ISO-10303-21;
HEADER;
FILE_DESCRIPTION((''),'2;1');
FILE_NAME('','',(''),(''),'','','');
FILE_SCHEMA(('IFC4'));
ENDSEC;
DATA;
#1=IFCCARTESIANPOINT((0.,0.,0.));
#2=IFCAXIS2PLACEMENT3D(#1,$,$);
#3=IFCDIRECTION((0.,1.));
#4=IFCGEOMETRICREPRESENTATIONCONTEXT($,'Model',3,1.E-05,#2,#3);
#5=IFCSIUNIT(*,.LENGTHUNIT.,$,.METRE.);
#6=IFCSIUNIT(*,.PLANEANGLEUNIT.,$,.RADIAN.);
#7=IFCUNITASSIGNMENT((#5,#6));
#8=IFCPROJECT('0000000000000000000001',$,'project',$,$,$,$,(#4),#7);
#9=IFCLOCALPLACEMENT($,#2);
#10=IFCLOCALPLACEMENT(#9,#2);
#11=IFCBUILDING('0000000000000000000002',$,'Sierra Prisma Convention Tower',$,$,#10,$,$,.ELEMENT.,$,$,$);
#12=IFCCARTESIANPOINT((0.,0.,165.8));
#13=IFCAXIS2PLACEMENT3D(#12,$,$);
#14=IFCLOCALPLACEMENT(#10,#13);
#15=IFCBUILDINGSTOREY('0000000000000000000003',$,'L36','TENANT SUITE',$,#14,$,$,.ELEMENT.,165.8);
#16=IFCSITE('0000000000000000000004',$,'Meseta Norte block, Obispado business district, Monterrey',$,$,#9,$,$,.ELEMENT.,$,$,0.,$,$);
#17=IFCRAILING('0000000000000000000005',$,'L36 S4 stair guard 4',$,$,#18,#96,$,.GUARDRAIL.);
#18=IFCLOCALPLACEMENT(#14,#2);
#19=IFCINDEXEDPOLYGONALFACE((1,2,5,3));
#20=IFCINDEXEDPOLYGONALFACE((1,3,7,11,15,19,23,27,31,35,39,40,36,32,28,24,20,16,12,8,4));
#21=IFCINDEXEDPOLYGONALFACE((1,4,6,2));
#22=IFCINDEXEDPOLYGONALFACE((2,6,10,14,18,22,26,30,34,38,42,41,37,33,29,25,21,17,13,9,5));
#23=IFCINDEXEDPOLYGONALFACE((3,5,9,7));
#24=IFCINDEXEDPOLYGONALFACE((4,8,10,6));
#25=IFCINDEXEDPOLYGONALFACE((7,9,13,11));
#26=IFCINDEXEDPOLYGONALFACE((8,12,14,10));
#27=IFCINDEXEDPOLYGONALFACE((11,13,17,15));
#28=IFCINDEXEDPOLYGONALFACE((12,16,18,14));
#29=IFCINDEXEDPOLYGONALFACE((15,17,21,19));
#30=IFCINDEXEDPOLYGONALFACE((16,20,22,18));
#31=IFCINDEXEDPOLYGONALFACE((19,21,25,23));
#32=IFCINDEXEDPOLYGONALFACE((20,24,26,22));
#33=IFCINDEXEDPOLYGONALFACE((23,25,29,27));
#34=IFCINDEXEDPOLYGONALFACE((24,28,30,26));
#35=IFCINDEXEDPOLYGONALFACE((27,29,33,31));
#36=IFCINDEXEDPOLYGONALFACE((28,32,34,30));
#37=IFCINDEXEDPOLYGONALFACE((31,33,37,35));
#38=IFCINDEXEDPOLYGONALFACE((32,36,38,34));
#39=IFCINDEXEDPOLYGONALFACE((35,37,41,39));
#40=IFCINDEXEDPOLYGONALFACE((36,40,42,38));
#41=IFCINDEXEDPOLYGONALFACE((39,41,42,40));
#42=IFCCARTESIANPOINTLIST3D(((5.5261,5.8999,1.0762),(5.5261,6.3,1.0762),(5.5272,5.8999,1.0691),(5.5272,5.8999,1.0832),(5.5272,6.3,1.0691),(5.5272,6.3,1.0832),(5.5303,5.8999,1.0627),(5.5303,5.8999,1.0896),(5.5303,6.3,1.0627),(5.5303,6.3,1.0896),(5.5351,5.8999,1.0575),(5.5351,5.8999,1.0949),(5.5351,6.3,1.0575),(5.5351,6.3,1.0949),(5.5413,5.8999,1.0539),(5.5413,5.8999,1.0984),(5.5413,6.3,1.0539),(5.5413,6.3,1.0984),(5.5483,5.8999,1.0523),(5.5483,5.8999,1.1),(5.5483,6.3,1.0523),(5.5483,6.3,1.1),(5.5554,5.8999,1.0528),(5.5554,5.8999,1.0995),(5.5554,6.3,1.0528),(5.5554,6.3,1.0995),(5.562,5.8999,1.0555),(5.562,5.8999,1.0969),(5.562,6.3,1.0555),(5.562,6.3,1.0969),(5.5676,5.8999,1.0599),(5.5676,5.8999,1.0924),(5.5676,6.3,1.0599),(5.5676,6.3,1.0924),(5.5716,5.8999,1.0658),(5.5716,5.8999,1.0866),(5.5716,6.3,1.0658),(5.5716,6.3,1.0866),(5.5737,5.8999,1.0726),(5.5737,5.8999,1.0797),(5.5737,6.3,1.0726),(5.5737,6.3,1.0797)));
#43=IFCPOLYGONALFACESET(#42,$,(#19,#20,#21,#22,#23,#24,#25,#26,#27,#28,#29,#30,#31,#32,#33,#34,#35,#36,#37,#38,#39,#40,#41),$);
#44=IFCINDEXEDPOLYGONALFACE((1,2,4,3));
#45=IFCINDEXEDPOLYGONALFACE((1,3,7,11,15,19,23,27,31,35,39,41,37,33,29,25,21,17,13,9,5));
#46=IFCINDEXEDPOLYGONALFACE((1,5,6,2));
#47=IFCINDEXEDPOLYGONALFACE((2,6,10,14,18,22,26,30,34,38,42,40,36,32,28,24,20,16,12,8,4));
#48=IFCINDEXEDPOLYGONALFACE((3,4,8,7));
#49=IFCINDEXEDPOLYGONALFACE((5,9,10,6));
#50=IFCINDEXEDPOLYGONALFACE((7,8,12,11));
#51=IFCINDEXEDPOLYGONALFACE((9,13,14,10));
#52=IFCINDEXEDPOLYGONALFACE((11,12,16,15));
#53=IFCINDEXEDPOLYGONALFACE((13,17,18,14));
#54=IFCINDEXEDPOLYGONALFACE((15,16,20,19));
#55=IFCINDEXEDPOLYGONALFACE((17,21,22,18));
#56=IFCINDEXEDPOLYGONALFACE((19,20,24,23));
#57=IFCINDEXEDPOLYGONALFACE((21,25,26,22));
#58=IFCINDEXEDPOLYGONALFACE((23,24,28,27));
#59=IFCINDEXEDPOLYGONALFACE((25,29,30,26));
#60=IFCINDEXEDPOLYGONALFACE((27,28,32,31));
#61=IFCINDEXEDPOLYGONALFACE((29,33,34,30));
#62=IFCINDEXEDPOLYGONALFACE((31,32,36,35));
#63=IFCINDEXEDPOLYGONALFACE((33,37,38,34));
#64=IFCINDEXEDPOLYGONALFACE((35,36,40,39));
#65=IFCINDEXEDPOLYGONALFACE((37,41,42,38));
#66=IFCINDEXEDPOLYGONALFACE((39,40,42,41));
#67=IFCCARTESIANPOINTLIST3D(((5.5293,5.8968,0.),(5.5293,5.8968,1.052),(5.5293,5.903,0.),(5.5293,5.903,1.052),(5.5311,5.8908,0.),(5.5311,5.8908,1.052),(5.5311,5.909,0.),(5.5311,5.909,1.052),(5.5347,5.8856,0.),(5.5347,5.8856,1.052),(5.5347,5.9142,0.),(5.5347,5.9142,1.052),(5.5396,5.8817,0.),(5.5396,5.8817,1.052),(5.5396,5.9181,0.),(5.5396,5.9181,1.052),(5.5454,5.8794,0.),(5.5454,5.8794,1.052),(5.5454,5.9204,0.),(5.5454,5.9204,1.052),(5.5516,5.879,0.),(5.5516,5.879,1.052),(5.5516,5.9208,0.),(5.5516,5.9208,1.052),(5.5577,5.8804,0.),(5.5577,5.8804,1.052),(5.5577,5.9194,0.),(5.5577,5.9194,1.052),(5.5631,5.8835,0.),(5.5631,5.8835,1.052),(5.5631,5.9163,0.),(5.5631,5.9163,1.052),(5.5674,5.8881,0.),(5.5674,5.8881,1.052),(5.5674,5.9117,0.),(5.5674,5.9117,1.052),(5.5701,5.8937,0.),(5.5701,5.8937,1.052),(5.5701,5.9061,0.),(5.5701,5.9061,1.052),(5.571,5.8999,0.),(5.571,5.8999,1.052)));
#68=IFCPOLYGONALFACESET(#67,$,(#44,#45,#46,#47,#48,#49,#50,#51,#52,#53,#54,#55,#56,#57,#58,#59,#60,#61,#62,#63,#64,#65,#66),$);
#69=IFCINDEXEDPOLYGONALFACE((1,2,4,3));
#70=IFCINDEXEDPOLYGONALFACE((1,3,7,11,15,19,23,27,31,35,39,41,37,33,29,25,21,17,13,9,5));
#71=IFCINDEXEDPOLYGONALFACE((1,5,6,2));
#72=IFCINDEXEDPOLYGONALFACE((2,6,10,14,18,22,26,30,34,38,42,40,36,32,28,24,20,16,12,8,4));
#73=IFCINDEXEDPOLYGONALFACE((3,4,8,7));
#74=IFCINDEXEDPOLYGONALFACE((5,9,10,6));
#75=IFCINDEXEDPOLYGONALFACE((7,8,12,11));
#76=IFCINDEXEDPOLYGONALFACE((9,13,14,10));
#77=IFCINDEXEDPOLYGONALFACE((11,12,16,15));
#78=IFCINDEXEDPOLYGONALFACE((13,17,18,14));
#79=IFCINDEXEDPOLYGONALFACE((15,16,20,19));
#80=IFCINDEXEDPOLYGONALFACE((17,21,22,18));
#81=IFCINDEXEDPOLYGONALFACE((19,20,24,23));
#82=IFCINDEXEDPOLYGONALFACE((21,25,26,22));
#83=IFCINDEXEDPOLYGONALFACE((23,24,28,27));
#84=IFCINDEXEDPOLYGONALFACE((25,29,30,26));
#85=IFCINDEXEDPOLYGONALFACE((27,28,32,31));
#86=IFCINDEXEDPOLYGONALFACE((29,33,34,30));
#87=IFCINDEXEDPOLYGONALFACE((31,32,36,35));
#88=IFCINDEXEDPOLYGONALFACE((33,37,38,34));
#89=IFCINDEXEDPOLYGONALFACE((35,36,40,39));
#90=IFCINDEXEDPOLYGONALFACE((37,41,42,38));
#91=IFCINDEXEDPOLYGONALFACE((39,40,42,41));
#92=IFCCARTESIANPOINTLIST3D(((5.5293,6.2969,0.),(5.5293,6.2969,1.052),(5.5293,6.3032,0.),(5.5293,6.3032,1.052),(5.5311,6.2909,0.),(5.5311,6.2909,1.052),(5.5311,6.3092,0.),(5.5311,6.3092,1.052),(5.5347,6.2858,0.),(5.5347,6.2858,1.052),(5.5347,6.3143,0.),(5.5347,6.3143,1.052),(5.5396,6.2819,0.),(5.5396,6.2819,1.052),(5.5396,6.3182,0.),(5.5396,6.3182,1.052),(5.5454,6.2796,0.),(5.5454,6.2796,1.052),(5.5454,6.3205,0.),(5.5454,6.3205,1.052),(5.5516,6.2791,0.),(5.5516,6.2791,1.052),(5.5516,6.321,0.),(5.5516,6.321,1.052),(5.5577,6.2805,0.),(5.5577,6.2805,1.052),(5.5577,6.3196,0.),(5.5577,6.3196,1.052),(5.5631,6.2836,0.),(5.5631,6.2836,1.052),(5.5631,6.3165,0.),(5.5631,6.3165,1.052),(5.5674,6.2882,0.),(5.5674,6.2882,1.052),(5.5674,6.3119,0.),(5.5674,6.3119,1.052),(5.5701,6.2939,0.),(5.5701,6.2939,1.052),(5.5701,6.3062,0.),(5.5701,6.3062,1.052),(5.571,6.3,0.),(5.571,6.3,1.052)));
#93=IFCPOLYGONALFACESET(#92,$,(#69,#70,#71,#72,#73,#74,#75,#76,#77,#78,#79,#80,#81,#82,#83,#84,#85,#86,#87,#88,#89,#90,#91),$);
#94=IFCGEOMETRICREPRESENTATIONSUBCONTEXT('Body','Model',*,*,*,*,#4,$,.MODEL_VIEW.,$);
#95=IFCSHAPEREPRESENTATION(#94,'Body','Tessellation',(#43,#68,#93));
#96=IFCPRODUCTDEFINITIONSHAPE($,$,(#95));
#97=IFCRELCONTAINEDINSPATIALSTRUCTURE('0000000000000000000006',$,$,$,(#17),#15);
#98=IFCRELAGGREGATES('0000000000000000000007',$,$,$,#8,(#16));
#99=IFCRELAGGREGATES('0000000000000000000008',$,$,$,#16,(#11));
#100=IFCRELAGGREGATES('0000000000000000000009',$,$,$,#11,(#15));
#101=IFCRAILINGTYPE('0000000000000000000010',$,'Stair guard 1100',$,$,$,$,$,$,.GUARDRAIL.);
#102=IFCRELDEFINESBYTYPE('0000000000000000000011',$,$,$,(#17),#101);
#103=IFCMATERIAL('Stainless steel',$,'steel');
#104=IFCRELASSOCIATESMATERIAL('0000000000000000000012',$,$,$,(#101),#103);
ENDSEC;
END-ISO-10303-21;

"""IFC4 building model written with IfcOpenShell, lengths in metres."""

from ifc_helpers import new_model, si_unit, direction, frame, origin, origin_2d, place, context, subcontext, project, spatial, circle, extrude, material, type_object, element, save


model = new_model("IFC4")

# Units and contexts
model_context = context("Model", 3, precision=1e-05, world=origin(), true_north=direction((0.0, 1.0)))
body_context = subcontext(model_context, "Body", "Model", "MODEL_VIEW")
ifc_project = project(units=[si_unit("LENGTHUNIT", "METRE"), si_unit("PLANEANGLEUNIT", "RADIAN")], contexts=[model_context])

# Site, building, storey
site_placement = place(None, origin())
site = spatial("IfcSite", under=ifc_project, at=site_placement, Name="Meseta Norte block, Obispado business district, Monterrey", CompositionType="ELEMENT", RefElevation=0.0)
building_placement = place(site_placement, origin())
building = spatial("IfcBuilding", under=site, at=building_placement, Name="Sierra Prisma Convention Tower", CompositionType="ELEMENT")
storey_placement = place(building_placement, frame((0.0, 0.0, 165.8)))
storey = spatial("IfcBuildingStorey", under=building, at=storey_placement, Name="L36", Description="TENANT SUITE", CompositionType="ELEMENT", Elevation=165.8)

# Railing
ifc_material_1 = material(Name="Stainless steel", Category="steel")
railing_type_1 = type_object("IfcRailingType", Name="Stair guard 1100", PredefinedType="GUARDRAIL", material=ifc_material_1)
railing_1_placement = place(storey_placement, frame((5.55, 5.8999, 0.0)))
element("IfcRailing", 1, at=railing_1_placement, inside=storey, type_object=railing_type_1, Name="L36 S4 stair guard 4", PredefinedType="GUARDRAIL", context=body_context, shape_type="SweptSolid", body=[
    extrude(circle(Radius=0.0239, at=origin_2d()), frame((0.0, 0.0, 1.0762), z_axis=(0.0, 1.0, 0.0), x_axis=(-1.0, 0.0, 0.0)), (0.0, 0.0, 1.0), 0.4001),
    extrude(circle(Radius=0.021, at=origin_2d()), origin(), (0.0, 0.0, 1.0), 1.052),
    extrude(circle(Radius=0.021, at=origin_2d()), frame((0.0, 0.4001, 0.0)), (0.0, 0.0, 1.0), 1.052),
])

save(model, "model.ifc")
